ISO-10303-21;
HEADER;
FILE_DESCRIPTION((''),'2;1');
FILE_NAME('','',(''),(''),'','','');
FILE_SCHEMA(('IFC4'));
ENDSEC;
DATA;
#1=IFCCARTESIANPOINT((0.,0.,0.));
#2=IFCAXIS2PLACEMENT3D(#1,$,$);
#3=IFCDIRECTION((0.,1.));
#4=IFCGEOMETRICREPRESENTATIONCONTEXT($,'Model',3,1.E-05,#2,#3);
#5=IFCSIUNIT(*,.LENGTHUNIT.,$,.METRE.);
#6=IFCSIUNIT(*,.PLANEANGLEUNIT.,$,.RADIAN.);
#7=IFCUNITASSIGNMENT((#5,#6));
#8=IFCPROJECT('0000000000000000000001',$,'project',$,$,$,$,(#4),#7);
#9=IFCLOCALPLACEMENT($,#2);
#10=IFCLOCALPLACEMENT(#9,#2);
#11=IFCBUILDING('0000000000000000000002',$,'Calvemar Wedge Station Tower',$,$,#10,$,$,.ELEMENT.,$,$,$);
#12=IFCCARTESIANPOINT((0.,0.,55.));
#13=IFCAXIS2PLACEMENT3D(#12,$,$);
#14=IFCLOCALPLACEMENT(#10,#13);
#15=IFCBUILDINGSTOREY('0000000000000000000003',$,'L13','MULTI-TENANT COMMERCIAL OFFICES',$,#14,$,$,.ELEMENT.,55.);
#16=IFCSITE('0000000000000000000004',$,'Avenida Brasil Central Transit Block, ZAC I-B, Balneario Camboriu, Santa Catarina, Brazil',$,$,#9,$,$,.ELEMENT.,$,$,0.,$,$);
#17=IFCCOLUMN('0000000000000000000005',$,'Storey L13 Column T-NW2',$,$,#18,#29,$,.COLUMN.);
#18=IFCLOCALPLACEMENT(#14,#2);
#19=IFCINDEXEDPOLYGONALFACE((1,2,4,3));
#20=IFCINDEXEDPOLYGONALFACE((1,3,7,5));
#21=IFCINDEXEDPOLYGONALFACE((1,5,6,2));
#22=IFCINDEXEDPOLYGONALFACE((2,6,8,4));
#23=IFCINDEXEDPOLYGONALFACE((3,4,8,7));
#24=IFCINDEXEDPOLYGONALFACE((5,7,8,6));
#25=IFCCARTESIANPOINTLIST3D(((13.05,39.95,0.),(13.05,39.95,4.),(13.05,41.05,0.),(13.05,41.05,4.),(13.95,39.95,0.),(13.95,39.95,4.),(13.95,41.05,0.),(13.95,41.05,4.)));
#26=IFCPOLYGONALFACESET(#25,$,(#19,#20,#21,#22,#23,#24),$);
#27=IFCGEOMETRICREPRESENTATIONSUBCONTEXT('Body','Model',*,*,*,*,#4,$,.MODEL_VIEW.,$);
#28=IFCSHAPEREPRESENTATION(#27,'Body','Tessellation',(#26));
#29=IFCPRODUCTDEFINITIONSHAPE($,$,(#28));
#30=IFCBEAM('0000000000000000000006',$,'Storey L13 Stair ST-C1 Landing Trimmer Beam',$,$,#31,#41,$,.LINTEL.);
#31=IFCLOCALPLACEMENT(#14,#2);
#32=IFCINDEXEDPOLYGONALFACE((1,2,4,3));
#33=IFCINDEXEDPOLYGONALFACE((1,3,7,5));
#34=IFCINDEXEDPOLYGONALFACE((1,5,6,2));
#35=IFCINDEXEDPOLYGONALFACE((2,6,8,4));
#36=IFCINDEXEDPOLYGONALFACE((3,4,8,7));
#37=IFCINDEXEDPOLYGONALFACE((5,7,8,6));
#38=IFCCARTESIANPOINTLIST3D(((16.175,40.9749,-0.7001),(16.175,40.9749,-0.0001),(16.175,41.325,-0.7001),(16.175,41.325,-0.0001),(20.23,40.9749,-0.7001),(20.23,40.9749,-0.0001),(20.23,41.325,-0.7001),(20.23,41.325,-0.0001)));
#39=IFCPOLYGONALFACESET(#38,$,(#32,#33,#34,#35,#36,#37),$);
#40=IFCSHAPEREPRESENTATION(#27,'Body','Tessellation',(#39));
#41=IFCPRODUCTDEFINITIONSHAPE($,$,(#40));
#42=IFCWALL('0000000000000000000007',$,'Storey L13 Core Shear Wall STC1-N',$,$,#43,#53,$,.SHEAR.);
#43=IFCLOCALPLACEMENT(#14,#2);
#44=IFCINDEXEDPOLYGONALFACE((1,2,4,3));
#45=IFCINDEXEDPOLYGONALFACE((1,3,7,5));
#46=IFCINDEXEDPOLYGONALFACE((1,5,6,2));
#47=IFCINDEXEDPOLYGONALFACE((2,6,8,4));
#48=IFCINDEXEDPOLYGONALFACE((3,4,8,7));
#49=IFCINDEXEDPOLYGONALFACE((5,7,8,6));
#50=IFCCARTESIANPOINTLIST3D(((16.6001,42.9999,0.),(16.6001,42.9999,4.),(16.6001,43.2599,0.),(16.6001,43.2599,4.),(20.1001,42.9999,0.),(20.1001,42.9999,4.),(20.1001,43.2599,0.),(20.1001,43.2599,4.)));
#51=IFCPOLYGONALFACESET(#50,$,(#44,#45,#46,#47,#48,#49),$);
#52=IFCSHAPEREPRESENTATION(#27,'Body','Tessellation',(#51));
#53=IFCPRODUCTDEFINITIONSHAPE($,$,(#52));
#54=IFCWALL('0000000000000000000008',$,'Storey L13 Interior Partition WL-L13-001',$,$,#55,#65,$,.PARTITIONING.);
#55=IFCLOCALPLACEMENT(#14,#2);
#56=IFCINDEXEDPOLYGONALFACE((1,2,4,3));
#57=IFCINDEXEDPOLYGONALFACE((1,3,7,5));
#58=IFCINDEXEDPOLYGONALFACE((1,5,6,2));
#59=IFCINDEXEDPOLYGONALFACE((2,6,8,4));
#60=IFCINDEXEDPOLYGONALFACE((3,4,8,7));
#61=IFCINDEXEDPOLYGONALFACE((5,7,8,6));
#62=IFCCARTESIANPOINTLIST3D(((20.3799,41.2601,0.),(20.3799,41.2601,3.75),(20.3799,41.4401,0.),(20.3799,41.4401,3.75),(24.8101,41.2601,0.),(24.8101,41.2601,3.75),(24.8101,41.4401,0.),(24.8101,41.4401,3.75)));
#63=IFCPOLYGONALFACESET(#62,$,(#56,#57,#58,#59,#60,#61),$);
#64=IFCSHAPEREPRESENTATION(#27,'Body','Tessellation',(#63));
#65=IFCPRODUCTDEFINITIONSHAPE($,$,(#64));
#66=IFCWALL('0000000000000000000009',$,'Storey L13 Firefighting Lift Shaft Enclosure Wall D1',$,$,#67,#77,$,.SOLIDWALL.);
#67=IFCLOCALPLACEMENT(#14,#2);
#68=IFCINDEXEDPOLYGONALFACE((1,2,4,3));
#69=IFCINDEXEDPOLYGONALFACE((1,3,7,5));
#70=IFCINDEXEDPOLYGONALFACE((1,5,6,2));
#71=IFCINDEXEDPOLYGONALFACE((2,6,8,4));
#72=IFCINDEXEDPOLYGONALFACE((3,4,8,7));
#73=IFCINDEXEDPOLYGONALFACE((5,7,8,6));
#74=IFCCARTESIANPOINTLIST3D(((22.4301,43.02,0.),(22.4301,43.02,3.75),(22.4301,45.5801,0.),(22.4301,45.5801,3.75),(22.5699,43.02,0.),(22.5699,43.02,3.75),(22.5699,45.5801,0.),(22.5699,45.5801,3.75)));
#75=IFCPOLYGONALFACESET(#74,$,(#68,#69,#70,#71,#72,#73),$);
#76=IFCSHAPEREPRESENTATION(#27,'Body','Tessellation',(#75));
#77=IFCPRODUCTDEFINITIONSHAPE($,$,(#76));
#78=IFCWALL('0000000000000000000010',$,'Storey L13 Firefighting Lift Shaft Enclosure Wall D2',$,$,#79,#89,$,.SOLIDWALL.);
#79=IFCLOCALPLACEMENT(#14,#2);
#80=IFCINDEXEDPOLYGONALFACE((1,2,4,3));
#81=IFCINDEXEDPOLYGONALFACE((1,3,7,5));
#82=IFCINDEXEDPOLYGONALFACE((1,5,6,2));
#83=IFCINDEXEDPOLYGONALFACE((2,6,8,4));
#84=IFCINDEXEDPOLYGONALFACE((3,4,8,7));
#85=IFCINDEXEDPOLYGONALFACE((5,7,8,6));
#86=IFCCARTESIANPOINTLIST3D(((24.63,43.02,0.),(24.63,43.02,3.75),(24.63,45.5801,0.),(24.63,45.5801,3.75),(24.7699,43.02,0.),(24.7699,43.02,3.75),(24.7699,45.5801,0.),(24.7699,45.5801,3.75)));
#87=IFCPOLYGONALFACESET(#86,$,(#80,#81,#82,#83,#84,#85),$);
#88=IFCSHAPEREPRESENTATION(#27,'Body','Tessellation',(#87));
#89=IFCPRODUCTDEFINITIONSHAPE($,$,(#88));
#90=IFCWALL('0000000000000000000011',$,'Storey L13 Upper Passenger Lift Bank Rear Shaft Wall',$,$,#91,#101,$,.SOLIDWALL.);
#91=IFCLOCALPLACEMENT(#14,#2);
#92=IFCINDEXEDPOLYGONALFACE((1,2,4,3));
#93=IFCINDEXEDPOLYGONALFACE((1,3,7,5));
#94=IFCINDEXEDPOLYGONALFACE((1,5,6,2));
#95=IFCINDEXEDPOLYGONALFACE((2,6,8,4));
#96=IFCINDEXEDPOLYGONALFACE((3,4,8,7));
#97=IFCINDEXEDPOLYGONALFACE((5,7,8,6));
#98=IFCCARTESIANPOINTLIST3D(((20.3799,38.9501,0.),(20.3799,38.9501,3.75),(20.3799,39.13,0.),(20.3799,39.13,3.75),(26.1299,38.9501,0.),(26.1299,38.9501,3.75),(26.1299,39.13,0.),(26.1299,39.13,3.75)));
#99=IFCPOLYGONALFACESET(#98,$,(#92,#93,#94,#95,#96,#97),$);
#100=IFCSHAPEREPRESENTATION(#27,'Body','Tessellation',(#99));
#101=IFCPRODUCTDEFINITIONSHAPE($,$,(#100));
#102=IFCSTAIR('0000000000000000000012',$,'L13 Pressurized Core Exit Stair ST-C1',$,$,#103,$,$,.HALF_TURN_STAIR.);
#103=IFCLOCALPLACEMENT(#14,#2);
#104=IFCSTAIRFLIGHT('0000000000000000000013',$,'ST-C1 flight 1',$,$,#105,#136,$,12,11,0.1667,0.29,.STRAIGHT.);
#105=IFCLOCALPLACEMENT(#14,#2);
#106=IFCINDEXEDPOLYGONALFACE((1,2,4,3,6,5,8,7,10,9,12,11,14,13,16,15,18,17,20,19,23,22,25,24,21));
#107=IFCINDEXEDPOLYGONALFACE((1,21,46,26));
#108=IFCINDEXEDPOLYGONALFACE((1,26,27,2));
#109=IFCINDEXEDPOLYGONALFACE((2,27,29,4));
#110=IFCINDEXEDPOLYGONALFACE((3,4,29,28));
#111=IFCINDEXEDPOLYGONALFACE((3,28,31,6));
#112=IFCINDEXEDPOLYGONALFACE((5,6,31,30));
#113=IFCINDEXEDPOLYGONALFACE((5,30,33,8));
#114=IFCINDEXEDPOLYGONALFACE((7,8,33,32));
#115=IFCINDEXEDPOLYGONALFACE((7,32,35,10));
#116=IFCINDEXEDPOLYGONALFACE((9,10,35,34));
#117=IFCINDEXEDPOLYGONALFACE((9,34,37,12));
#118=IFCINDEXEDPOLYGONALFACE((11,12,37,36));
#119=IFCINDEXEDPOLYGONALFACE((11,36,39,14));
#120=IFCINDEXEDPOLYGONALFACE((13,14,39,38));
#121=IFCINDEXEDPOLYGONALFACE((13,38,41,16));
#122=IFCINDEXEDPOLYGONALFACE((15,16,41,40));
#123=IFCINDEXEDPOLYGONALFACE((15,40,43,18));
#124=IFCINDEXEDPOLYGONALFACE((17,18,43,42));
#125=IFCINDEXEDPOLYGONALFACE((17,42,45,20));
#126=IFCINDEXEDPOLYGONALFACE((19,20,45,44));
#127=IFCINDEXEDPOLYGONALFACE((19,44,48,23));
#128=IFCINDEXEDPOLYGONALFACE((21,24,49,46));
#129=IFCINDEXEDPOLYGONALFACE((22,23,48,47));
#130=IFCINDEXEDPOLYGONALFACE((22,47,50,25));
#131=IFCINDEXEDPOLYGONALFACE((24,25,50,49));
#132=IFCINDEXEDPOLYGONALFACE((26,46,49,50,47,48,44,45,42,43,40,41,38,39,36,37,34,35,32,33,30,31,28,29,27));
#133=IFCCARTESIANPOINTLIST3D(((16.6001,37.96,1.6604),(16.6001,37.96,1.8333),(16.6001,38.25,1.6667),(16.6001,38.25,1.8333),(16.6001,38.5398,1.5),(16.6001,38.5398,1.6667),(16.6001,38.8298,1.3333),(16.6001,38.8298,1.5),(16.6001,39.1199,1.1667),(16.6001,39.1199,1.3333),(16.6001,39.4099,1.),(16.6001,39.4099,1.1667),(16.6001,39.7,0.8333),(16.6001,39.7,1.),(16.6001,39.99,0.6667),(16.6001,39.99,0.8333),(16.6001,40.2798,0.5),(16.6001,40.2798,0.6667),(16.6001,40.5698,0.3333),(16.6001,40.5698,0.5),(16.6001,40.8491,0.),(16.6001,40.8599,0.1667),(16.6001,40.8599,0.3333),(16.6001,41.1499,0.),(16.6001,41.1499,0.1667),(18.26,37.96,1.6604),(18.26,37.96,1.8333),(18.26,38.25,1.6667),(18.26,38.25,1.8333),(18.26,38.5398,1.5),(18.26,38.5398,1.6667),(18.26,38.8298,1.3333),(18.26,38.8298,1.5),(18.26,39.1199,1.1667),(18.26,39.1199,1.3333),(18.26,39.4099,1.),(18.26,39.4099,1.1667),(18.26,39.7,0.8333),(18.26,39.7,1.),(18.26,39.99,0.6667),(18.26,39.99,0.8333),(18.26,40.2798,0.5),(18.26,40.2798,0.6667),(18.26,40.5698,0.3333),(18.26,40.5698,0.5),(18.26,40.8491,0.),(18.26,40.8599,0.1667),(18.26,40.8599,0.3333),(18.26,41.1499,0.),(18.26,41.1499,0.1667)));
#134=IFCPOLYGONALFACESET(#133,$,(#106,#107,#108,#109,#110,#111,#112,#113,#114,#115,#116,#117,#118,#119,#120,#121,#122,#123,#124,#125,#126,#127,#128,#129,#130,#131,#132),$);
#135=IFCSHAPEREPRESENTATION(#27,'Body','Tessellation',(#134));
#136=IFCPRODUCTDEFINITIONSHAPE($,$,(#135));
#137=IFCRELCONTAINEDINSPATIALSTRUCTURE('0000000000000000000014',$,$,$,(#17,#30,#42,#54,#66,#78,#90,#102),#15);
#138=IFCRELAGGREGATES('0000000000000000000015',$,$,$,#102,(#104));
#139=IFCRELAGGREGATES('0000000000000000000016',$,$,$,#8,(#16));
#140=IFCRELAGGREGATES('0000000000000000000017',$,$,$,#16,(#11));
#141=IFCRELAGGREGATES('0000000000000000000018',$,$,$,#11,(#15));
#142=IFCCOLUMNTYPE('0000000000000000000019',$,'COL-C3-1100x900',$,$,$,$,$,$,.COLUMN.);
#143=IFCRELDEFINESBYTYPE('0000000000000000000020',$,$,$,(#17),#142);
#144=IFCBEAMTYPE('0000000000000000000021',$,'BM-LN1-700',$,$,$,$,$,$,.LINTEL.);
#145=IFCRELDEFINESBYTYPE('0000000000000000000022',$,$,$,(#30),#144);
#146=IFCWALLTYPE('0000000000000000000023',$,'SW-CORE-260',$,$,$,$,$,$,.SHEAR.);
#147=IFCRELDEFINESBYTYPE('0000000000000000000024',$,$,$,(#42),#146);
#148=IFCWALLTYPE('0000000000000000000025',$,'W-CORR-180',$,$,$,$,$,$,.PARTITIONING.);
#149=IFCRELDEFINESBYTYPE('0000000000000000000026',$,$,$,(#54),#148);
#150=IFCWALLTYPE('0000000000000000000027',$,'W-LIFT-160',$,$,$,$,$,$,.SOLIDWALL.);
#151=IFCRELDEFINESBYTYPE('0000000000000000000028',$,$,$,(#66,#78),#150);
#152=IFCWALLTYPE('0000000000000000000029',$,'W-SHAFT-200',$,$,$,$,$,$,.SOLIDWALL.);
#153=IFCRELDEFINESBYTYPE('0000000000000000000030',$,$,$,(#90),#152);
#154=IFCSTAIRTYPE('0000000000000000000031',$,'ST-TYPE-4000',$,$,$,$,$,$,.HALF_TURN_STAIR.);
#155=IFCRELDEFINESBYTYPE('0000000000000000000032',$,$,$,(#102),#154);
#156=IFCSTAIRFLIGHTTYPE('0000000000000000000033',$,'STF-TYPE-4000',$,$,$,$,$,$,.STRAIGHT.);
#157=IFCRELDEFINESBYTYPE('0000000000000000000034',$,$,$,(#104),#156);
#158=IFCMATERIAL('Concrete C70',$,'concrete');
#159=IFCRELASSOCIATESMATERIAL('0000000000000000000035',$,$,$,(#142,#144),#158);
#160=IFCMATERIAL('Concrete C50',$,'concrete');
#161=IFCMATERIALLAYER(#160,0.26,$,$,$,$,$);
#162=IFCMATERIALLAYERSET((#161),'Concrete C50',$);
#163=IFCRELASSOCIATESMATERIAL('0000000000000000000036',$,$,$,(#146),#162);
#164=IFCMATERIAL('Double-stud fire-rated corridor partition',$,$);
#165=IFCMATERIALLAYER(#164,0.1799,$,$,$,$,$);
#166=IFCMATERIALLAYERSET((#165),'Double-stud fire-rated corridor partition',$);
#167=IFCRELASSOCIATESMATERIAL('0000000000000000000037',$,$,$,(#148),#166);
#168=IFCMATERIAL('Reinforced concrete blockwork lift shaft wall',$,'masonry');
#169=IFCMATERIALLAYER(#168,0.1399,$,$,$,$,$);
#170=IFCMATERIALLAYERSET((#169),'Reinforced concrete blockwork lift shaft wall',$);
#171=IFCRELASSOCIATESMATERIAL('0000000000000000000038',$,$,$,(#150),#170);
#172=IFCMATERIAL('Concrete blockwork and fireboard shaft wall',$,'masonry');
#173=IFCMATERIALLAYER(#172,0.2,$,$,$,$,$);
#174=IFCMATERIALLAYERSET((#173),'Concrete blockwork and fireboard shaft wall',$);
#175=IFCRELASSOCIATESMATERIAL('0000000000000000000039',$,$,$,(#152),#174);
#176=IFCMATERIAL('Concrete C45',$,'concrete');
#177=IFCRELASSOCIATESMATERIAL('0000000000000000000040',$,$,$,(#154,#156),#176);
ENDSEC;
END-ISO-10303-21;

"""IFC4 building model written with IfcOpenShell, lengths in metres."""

from ifc_helpers import new_model, si_unit, direction, frame, frame_2d, origin, origin_2d, place, context, subcontext, project, spatial, polyline, rectangle, outline, extrude, source, transform, mapped, material, layer, layer_set, material_profile, profile_set, type_object, element, aggregate, save


model = new_model("IFC4")

# Units and contexts
model_context = context("Model", 3, precision=1e-05, world=origin(), true_north=direction((0.0, 1.0)))
body_context = subcontext(model_context, "Body", "Model", "MODEL_VIEW")
ifc_project = project(units=[si_unit("LENGTHUNIT", "METRE"), si_unit("PLANEANGLEUNIT", "RADIAN")], contexts=[model_context])

# Site, building, storey
site_placement = place(None, origin())
site = spatial("IfcSite", under=ifc_project, at=site_placement, Name="Avenida Brasil Central Transit Block, ZAC I-B, Balneario Camboriu, Santa Catarina, Brazil", CompositionType="ELEMENT", RefElevation=0.0)
building_placement = place(site_placement, origin())
building = spatial("IfcBuilding", under=site, at=building_placement, Name="Calvemar Wedge Station Tower", CompositionType="ELEMENT")
storey_placement = place(building_placement, frame((0.0, 0.0, 55.0)))
storey = spatial("IfcBuildingStorey", under=building, at=storey_placement, Name="L13", Description="MULTI-TENANT COMMERCIAL OFFICES", CompositionType="ELEMENT", Elevation=55.0)

# Column
ifc_material_1 = material(Name="Concrete C70", Category="concrete")
ifc_material_profile_1 = material_profile(ifc_material_1, rectangle(XDim=0.8999, YDim=1.1001, at=origin_2d()), Name="RC1100x900")
ifc_profile_set_1 = profile_set([ifc_material_profile_1], Name="Concrete C70")
column_type = type_object("IfcColumnType", Name="COL-C3-1100x900", PredefinedType="COLUMN", material=ifc_profile_set_1)
shared_shape_1 = source(origin(), body_context, "Body", "SweptSolid", [
    extrude(rectangle(XDim=0.8999, YDim=1.1001, at=origin_2d()), origin(), (0.0, 0.0, 1.0), 4.0),
])
column_placement = place(storey_placement, frame((13.5, 40.5, 0.0), z_axis=(0.0, 0.0, 1.0), x_axis=(1.0, 0.0, 0.0)))
element("IfcColumn", 1, at=column_placement, inside=storey, type_object=column_type, Name="Storey L13 Column T-NW2", PredefinedType="COLUMN", context=body_context, shape_type="MappedRepresentation", body=[
    mapped(shared_shape_1, transform((0.0, 0.0, 0.0), scale=1.0)),
])

# Beam
ifc_material_profile_2 = material_profile(ifc_material_1, rectangle(XDim=0.3501, YDim=0.7, at=origin_2d()), Name="RC350x700")
ifc_profile_set_2 = profile_set([ifc_material_profile_2], Name="Concrete C70")
beam_type = type_object("IfcBeamType", Name="BM-LN1-700", PredefinedType="LINTEL", material=ifc_profile_set_2)
shared_shape_2 = source(origin(), body_context, "Body", "SweptSolid", [
    extrude(rectangle(XDim=0.3501, YDim=0.7, at=origin_2d()), origin(), (0.0, 0.0, 1.0), 4.0549),
])
beam_placement = place(storey_placement, frame((16.175, 41.1499, -0.3501), z_axis=(1.0, 0.0, 0.0), x_axis=(0.0, 1.0, 0.0)))
element("IfcBeam", 2, at=beam_placement, inside=storey, type_object=beam_type, Name="Storey L13 Stair ST-C1 Landing Trimmer Beam", PredefinedType="LINTEL", context=body_context, shape_type="MappedRepresentation", body=[
    mapped(shared_shape_2, transform((0.0, 0.0, 0.0), scale=1.0)),
])

# Walls
ifc_material_2 = material(Name="Concrete C50", Category="concrete")
ifc_layer_1 = layer(ifc_material_2, 0.26)
ifc_layer_set_1 = layer_set([ifc_layer_1], Name="Concrete C50")
wall_type_1 = type_object("IfcWallType", Name="SW-CORE-260", PredefinedType="SHEAR", material=ifc_layer_set_1)
wall_1_placement = place(storey_placement, frame((16.6001, 43.1299, 0.0), z_axis=(0.0, 0.0, 1.0), x_axis=(1.0, 0.0, 0.0)))
element("IfcWall", 3, at=wall_1_placement, inside=storey, type_object=wall_type_1, Name="Storey L13 Core Shear Wall STC1-N", PredefinedType="SHEAR", context=body_context, shape_type="SweptSolid", body=[
    extrude(rectangle(XDim=3.5, YDim=0.26, at=frame_2d((1.75, 0.0))), origin(), (0.0, 0.0, 1.0), 4.0),
])
ifc_material_3 = material(Name="Double-stud fire-rated corridor partition")
ifc_layer_2 = layer(ifc_material_3, 0.1799)
ifc_layer_set_2 = layer_set([ifc_layer_2], Name="Double-stud fire-rated corridor partition")
wall_type_2 = type_object("IfcWallType", Name="W-CORR-180", PredefinedType="PARTITIONING", material=ifc_layer_set_2)
wall_2_placement = place(storey_placement, frame((24.8101, 41.3501, 0.0), z_axis=(0.0, 0.0, 1.0), x_axis=(-1.0, 0.0, 0.0)))
element("IfcWall", 4, at=wall_2_placement, inside=storey, type_object=wall_type_2, Name="Storey L13 Interior Partition WL-L13-001", PredefinedType="PARTITIONING", context=body_context, shape_type="SweptSolid", body=[
    extrude(rectangle(XDim=4.4302, YDim=0.1799, at=frame_2d((2.2151, 0.0))), origin(), (0.0, 0.0, 1.0), 3.75),
])

# Shared definitions
ifc_material_4 = material(Name="Reinforced concrete blockwork lift shaft wall", Category="masonry")
ifc_layer_3 = layer(ifc_material_4, 0.1399)
ifc_layer_set_3 = layer_set([ifc_layer_3], Name="Reinforced concrete blockwork lift shaft wall")
wall_type_3 = type_object("IfcWallType", Name="W-LIFT-160", PredefinedType="SOLIDWALL", material=ifc_layer_set_3)

# Walls
for number, where, z_axis, x_axis, name in (
    (5, (22.5, 43.02, 0.0), (0.0, 0.0, 1.0), (0.0, 1.0, 0.0), "Storey L13 Firefighting Lift Shaft Enclosure Wall D1"),
    (6, (24.7, 43.02, 0.0), (0.0, 0.0, 1.0), (0.0, 1.0, 0.0), "Storey L13 Firefighting Lift Shaft Enclosure Wall D2"),
):
    element("IfcWall", number, at=place(storey_placement, frame(where, z_axis=z_axis, x_axis=x_axis)), inside=storey, type_object=wall_type_3, Name=name, PredefinedType="SOLIDWALL", context=body_context, shape_type="SweptSolid", body=[
        extrude(rectangle(XDim=2.5601, YDim=0.1399, at=frame_2d((1.28, 0.0))), origin(), (0.0, 0.0, 1.0), 3.75),
    ])
ifc_material_5 = material(Name="Concrete blockwork and fireboard shaft wall", Category="masonry")
ifc_layer_4 = layer(ifc_material_5, 0.2)
ifc_layer_set_4 = layer_set([ifc_layer_4], Name="Concrete blockwork and fireboard shaft wall")
wall_type_4 = type_object("IfcWallType", Name="W-SHAFT-200", PredefinedType="SOLIDWALL", material=ifc_layer_set_4)
wall_3_placement = place(storey_placement, frame((20.3799, 39.04, 0.0), z_axis=(0.0, 0.0, 1.0), x_axis=(1.0, 0.0, 0.0)))
element("IfcWall", 7, at=wall_3_placement, inside=storey, type_object=wall_type_4, Name="Storey L13 Upper Passenger Lift Bank Rear Shaft Wall", PredefinedType="SOLIDWALL", context=body_context, shape_type="SweptSolid", body=[
    extrude(rectangle(XDim=5.75, YDim=0.1799, at=frame_2d((2.875, 0.0))), origin(), (0.0, 0.0, 1.0), 3.75),
])

# Stair, stair flight
ifc_material_6 = material(Name="Concrete C45", Category="concrete")
stair_type = type_object("IfcStairType", Name="ST-TYPE-4000", PredefinedType="HALF_TURN_STAIR", material=ifc_material_6)
stair_placement = place(storey_placement, origin())
stair = element("IfcStair", 8, at=stair_placement, inside=storey, type_object=stair_type, Name="L13 Pressurized Core Exit Stair ST-C1", PredefinedType="HALF_TURN_STAIR")
stair_flight_type = type_object("IfcStairFlightType", Name="STF-TYPE-4000", PredefinedType="STRAIGHT", material=ifc_material_6)
stair_flight_placement = place(storey_placement, frame((17.4299, 41.1499, 0.0), z_axis=(0.0, 0.0, 1.0), x_axis=(0.0, -1.0, 0.0)))
stair_flight = element("IfcStairFlight", 9, at=stair_flight_placement, type_object=stair_flight_type, Name="ST-C1 flight 1", NumberOfRisers=12, NumberOfTreads=11, PredefinedType="STRAIGHT", RiserHeight=0.1667, TreadLength=0.29, context=body_context, shape_type="SweptSolid", body=[
    extrude(outline(polyline([(0.0, 0.0), (0.0, 0.1667), (0.29, 0.1667), (0.29, 0.3333), (0.5801, 0.3333), (0.5801, 0.5), (0.8701, 0.5), (0.8701, 0.6667), (1.1599, 0.6667), (1.1599, 0.8333), (1.45, 0.8333), (1.45, 1.0), (1.74, 1.0), (1.74, 1.1667), (2.03, 1.1667), (2.03, 1.3333), (2.3201, 1.3333), (2.3201, 1.5), (2.6101, 1.5), (2.6101, 1.6667), (2.8999, 1.6667), (2.8999, 1.8333), (3.1899, 1.8333), (3.1899, 2.0), (3.1899, 1.6604), (0.3008, 0.0), (0.0, 0.0)])), frame((0.0, 0.8301, 0.0), z_axis=(0.0, -1.0, 0.0), x_axis=(1.0, 0.0, 0.0)), (0.0, 0.0, 1.0), 1.6599),
])
aggregate(stair, [stair_flight])

save(model, "model.ifc")
